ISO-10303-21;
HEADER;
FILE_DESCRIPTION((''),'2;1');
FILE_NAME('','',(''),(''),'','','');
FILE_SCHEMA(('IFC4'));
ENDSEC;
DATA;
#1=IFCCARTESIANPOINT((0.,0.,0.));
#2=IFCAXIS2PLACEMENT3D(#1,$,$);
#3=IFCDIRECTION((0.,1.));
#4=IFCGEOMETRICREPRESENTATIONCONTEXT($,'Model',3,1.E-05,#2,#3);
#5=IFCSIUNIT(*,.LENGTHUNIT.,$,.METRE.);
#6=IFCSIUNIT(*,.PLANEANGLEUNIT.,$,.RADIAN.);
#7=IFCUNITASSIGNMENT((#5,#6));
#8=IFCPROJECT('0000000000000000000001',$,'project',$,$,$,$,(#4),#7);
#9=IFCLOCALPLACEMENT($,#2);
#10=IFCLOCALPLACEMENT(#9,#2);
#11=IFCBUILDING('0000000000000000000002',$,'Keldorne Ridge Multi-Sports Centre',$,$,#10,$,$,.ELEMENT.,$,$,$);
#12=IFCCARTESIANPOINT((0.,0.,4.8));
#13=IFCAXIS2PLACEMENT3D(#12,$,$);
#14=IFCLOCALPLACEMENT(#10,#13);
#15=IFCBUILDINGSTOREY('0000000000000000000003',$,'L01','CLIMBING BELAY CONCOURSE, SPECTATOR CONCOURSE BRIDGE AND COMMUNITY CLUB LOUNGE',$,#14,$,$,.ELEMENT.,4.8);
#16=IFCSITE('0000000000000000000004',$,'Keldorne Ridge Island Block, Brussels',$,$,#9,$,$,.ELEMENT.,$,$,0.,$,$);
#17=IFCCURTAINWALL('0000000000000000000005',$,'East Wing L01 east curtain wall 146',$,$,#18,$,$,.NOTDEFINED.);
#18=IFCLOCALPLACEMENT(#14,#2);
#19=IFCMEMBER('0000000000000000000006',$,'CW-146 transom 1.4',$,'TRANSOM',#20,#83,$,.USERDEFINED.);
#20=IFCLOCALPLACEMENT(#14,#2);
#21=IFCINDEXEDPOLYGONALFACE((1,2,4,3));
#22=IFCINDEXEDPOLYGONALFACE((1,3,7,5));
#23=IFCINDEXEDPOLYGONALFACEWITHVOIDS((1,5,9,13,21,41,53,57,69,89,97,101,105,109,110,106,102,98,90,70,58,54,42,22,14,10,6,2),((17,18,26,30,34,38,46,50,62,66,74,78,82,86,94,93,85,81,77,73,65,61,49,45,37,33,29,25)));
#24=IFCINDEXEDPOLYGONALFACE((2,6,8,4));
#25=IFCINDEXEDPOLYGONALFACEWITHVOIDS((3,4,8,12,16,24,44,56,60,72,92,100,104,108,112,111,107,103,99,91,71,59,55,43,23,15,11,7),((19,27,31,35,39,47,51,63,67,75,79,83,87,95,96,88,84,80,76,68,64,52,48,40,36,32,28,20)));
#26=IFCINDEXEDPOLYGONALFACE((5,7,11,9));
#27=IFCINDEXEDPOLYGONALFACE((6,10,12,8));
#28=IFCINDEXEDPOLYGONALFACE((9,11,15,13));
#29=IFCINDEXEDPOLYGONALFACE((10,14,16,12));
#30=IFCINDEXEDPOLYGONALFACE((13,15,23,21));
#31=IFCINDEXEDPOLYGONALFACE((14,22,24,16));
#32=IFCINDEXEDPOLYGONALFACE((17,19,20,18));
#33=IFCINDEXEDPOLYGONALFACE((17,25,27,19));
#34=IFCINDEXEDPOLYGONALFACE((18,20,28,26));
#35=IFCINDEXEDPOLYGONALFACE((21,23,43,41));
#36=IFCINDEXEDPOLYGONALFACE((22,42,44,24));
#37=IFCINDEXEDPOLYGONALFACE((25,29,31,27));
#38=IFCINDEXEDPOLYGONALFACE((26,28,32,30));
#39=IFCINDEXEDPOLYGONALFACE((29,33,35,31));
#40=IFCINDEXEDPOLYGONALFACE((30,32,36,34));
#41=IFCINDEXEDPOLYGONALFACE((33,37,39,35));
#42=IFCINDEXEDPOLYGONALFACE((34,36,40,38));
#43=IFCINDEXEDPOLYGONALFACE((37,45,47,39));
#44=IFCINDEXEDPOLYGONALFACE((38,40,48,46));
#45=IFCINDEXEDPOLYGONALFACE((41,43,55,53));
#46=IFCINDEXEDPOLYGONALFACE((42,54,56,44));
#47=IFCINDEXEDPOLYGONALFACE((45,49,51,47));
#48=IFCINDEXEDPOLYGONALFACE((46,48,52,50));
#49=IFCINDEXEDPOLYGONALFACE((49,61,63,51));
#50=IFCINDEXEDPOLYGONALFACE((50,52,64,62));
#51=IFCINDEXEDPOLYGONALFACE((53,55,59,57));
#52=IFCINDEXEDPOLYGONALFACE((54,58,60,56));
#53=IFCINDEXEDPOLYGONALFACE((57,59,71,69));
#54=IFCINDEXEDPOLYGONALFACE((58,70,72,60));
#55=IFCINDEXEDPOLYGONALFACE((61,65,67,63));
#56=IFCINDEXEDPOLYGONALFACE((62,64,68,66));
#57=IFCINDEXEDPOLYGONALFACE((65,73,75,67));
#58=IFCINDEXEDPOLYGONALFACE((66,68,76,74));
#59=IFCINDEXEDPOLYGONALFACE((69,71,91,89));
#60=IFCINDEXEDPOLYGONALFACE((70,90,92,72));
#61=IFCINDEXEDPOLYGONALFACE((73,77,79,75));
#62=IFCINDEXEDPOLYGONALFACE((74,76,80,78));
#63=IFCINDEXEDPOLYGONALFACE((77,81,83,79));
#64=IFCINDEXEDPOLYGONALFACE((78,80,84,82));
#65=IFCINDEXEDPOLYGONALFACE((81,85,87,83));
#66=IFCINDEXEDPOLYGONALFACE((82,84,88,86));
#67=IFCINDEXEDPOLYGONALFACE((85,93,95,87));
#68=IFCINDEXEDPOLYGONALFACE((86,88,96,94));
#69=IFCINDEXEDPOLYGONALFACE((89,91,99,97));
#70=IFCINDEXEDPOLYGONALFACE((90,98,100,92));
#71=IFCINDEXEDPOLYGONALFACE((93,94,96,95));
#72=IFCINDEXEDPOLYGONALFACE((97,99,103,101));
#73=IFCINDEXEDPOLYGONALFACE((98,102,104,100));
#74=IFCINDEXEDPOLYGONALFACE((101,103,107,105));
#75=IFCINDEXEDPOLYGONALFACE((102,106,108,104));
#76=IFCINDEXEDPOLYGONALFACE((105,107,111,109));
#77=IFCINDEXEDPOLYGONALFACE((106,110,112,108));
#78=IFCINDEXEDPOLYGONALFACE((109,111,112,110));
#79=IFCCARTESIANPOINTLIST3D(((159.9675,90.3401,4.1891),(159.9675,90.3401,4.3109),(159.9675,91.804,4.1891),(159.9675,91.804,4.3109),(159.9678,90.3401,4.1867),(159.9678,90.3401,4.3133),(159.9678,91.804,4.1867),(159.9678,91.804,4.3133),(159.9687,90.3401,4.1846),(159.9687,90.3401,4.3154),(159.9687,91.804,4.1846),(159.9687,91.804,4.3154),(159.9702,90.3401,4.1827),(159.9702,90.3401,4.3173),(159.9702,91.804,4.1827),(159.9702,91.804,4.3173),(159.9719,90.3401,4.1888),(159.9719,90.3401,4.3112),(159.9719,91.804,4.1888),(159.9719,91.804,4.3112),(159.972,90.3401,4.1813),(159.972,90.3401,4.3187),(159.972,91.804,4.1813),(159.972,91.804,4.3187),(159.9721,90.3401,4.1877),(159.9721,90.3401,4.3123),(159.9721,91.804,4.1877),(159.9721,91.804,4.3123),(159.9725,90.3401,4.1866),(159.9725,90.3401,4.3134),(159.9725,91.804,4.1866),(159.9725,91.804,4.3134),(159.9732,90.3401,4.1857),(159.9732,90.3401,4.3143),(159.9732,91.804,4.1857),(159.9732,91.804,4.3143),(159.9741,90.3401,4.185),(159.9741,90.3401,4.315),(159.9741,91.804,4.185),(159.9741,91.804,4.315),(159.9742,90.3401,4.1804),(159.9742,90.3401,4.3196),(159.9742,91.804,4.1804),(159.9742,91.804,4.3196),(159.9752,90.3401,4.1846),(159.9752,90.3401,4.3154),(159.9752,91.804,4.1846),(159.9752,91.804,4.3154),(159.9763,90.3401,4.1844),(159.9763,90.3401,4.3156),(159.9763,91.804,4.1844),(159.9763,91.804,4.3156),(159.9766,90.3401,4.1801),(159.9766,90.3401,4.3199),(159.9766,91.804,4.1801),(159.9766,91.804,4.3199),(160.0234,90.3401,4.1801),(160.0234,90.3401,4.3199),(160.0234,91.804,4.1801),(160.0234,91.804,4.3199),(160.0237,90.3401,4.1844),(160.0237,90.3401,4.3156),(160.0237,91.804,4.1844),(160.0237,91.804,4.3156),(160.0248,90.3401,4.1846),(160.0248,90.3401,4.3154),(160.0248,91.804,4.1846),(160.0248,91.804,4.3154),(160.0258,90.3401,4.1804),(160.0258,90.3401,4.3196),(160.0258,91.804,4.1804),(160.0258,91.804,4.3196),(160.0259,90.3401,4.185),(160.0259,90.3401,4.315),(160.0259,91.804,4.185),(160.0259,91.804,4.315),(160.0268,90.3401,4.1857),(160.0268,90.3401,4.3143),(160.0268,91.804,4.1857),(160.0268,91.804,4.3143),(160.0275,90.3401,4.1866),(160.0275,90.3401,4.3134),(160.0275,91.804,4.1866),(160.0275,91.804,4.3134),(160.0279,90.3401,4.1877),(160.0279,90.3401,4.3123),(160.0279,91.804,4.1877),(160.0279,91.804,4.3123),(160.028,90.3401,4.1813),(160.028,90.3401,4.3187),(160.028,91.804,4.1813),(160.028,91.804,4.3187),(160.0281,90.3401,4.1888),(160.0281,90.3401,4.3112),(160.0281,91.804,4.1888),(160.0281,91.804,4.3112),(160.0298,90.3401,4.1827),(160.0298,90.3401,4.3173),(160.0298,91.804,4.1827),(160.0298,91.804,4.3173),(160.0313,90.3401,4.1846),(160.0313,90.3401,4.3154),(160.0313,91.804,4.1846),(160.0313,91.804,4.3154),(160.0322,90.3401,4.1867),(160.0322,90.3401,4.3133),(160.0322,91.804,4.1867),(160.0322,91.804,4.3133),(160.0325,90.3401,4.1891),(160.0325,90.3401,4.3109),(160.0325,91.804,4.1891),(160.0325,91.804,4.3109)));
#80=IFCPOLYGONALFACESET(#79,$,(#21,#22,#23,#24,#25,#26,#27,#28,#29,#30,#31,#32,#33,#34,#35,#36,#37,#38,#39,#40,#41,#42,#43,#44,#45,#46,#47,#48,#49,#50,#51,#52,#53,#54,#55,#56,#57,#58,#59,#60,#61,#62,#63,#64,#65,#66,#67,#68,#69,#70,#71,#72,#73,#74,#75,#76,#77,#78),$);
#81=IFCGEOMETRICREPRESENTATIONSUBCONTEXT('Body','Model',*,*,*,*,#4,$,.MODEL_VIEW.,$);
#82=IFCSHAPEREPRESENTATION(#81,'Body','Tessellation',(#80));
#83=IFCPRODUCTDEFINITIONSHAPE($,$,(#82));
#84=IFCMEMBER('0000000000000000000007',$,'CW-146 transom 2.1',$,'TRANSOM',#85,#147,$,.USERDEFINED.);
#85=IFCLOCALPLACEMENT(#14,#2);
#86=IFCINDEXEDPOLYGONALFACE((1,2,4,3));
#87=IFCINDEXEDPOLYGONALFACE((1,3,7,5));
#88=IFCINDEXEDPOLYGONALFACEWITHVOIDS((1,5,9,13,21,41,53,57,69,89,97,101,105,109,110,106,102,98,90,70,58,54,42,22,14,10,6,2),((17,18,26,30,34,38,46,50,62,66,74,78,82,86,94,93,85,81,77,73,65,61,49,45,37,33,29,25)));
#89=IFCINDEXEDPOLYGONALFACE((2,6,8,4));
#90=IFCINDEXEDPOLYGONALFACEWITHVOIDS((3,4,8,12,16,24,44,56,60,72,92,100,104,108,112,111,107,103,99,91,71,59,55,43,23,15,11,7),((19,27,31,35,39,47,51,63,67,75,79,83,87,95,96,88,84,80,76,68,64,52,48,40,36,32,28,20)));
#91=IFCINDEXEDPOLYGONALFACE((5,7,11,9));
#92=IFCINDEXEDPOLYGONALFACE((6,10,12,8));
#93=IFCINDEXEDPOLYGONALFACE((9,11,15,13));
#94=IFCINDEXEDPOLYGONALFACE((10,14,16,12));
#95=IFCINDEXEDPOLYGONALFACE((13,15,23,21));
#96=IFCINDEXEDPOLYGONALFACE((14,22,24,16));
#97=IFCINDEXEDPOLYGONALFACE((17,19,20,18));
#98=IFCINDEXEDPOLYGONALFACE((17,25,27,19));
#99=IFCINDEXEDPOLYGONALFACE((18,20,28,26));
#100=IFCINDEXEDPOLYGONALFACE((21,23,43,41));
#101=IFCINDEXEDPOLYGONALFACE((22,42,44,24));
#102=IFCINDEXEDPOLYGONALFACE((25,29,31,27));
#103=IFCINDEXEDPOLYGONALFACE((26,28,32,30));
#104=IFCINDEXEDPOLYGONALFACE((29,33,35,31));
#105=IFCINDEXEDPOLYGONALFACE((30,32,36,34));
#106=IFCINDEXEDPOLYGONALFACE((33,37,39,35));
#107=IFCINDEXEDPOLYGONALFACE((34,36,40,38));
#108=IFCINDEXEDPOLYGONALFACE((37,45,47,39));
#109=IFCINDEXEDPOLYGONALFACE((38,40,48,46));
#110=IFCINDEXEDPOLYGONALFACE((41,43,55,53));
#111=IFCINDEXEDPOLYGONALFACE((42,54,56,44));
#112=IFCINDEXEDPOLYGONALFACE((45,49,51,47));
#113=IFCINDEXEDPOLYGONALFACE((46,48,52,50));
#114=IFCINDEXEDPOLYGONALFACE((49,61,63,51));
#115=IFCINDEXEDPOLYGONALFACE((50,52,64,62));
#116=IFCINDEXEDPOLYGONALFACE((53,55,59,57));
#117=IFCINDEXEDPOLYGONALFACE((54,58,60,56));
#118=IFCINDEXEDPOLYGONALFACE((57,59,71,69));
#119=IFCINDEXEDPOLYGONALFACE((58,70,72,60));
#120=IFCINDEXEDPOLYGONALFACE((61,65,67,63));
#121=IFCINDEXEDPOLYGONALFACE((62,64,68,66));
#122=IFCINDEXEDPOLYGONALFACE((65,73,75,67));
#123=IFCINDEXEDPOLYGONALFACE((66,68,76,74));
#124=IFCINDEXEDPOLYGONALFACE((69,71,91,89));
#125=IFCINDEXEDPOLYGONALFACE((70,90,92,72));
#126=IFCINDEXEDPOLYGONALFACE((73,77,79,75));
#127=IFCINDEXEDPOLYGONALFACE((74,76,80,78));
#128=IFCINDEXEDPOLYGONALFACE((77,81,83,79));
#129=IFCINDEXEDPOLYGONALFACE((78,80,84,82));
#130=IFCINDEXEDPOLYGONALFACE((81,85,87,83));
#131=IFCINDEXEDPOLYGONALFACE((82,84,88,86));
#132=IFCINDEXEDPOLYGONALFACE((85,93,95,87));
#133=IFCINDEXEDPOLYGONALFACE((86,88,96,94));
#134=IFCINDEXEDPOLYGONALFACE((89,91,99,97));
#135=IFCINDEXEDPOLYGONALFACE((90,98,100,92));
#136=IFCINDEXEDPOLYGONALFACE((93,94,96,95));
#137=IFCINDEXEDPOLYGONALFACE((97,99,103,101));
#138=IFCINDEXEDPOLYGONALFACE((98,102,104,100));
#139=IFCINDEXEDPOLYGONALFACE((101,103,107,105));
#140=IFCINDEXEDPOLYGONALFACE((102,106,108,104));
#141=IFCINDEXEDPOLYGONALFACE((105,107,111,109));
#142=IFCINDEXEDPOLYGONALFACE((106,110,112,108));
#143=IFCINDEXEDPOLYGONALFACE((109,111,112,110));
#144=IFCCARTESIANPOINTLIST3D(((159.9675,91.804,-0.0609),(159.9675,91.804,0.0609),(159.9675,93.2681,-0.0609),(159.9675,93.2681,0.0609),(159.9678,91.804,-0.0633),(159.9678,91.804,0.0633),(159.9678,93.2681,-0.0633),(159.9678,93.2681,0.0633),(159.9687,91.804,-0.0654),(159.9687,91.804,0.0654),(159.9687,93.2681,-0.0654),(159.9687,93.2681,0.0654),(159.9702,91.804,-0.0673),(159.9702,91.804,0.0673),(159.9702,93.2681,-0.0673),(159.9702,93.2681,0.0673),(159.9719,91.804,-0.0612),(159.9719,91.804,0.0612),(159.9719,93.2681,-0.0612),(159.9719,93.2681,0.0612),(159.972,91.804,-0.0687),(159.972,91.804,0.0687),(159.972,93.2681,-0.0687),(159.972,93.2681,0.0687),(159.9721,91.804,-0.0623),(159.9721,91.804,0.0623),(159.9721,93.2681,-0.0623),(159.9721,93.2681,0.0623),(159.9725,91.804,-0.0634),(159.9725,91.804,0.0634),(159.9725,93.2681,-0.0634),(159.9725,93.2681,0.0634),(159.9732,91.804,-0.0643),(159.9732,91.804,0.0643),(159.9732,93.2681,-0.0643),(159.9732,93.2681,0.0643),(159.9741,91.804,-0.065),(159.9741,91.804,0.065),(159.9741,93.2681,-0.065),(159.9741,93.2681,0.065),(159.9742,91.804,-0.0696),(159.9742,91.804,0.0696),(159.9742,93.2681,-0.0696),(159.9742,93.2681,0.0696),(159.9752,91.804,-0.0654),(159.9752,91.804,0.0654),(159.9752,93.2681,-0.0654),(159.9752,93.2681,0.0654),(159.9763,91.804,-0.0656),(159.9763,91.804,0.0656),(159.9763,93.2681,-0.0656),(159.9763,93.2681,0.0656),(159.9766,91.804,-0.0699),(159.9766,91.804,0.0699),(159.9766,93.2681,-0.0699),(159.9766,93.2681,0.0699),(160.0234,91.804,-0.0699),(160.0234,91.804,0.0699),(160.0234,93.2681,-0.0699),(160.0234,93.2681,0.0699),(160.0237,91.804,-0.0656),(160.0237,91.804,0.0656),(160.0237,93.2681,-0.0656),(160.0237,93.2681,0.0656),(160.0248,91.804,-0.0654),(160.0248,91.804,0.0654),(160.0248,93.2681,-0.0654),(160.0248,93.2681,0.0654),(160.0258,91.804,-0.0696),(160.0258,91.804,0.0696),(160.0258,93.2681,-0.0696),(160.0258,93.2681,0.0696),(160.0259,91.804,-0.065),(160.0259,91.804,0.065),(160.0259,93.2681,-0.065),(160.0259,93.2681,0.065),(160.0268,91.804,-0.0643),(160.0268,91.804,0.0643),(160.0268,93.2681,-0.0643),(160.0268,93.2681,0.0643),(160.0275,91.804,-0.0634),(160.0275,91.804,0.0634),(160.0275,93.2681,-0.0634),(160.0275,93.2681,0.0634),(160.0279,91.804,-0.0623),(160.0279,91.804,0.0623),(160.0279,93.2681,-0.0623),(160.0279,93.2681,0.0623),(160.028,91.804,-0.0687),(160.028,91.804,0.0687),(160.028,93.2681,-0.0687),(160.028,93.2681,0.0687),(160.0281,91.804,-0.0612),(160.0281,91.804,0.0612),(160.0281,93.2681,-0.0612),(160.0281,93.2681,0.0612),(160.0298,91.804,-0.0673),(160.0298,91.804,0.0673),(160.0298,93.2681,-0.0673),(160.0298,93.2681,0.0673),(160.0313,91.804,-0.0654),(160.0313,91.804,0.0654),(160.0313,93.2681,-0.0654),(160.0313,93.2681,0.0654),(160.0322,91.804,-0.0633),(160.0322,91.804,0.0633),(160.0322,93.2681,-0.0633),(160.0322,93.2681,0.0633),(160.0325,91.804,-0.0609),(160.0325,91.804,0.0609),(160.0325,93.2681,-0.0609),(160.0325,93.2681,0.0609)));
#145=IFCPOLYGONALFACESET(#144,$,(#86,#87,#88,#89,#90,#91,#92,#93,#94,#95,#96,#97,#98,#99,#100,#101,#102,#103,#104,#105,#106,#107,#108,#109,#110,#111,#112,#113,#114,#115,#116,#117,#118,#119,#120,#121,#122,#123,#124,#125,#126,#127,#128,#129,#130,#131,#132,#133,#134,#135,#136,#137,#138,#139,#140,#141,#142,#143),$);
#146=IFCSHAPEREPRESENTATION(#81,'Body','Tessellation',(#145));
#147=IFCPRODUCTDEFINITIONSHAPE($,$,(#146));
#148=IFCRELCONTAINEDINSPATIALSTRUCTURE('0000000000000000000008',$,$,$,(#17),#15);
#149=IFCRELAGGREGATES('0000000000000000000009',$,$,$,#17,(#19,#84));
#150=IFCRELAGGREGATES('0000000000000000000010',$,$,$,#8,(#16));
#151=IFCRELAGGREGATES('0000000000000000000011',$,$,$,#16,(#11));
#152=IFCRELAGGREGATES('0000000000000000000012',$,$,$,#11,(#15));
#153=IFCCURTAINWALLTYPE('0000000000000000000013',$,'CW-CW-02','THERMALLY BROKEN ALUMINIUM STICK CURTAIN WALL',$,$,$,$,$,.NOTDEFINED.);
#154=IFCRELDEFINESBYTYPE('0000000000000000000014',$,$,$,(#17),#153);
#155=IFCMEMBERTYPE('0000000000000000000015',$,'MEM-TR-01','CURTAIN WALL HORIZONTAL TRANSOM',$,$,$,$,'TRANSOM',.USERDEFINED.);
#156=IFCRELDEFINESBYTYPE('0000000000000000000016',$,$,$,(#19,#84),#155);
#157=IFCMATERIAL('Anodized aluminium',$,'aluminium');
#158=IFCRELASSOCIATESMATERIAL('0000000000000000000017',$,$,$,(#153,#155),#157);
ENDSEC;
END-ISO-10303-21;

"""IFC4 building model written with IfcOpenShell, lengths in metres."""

from ifc_helpers import new_model, si_unit, direction, frame, origin, origin_2d, place, context, subcontext, project, spatial, hollow_rectangle, extrude, material, material_profile, profile_set, type_object, element, aggregate, save


model = new_model("IFC4")

# Units and contexts
model_context = context("Model", 3, precision=1e-05, world=origin(), true_north=direction((0.0, 1.0)))
body_context = subcontext(model_context, "Body", "Model", "MODEL_VIEW")
ifc_project = project(units=[si_unit("LENGTHUNIT", "METRE"), si_unit("PLANEANGLEUNIT", "RADIAN")], contexts=[model_context])

# Site, building, storey
site_placement = place(None, origin())
site = spatial("IfcSite", under=ifc_project, at=site_placement, Name="Keldorne Ridge Island Block, Brussels", CompositionType="ELEMENT", RefElevation=0.0)
building_placement = place(site_placement, origin())
building = spatial("IfcBuilding", under=site, at=building_placement, Name="Keldorne Ridge Multi-Sports Centre", CompositionType="ELEMENT")
storey_placement = place(building_placement, frame((0.0, 0.0, 4.8)))
storey = spatial("IfcBuildingStorey", under=building, at=storey_placement, Name="L01", Description="CLIMBING BELAY CONCOURSE, SPECTATOR CONCOURSE BRIDGE AND COMMUNITY CLUB LOUNGE", CompositionType="ELEMENT", Elevation=4.8)

# Curtain wall, members
ifc_material_1 = material(Name="Anodized aluminium", Category="aluminium")
curtain_wall_type = type_object("IfcCurtainWallType", Name="CW-CW-02", Description="THERMALLY BROKEN ALUMINIUM STICK CURTAIN WALL", PredefinedType="NOTDEFINED", material=ifc_material_1)
curtain_wall_placement = place(storey_placement, origin())
curtain_wall = element("IfcCurtainWall", 1, at=curtain_wall_placement, inside=storey, type_object=curtain_wall_type, Name="East Wing L01 east curtain wall 146", PredefinedType="NOTDEFINED")
ifc_material_profile_1 = material_profile(ifc_material_1, hollow_rectangle(XDim=0.0649, YDim=0.1399, WallThickness=0.0044, InnerFilletRadius=0.0044, OuterFilletRadius=0.009, at=origin_2d()), Name="ALU TRANSOM 140x65x4.5")
ifc_profile_set_1 = profile_set([ifc_material_profile_1], Name="Anodized aluminium")
member_type_1 = type_object("IfcMemberType", Name="MEM-TR-01", Description="CURTAIN WALL HORIZONTAL TRANSOM", ElementType="TRANSOM", PredefinedType="USERDEFINED", material=ifc_profile_set_1)
member_1_placement = place(storey_placement, frame((160.0, 90.3401, 4.25), z_axis=(0.0, 1.0, 0.0), x_axis=(-1.0, 0.0, 0.0)))
member_1 = element("IfcMember", 2, at=member_1_placement, type_object=member_type_1, Name="CW-146 transom 1.4", ObjectType="TRANSOM", PredefinedType="USERDEFINED", context=body_context, shape_type="SweptSolid", body=[
    extrude(hollow_rectangle(XDim=0.0649, YDim=0.1399, WallThickness=0.0044, InnerFilletRadius=0.0044, OuterFilletRadius=0.009, at=origin_2d()), origin(), (0.0, 0.0, 1.0), 1.4639),
])
member_2_placement = place(storey_placement, frame((160.0, 91.804, 0.0), z_axis=(0.0, 1.0, 0.0), x_axis=(-1.0, 0.0, 0.0)))
member_2 = element("IfcMember", 3, at=member_2_placement, type_object=member_type_1, Name="CW-146 transom 2.1", ObjectType="TRANSOM", PredefinedType="USERDEFINED", context=body_context, shape_type="SweptSolid", body=[
    extrude(hollow_rectangle(XDim=0.0649, YDim=0.1399, WallThickness=0.0044, InnerFilletRadius=0.0044, OuterFilletRadius=0.009, at=origin_2d()), origin(), (0.0, 0.0, 1.0), 1.4641),
])
aggregate(curtain_wall, [member_1, member_2])

save(model, "model.ifc")
